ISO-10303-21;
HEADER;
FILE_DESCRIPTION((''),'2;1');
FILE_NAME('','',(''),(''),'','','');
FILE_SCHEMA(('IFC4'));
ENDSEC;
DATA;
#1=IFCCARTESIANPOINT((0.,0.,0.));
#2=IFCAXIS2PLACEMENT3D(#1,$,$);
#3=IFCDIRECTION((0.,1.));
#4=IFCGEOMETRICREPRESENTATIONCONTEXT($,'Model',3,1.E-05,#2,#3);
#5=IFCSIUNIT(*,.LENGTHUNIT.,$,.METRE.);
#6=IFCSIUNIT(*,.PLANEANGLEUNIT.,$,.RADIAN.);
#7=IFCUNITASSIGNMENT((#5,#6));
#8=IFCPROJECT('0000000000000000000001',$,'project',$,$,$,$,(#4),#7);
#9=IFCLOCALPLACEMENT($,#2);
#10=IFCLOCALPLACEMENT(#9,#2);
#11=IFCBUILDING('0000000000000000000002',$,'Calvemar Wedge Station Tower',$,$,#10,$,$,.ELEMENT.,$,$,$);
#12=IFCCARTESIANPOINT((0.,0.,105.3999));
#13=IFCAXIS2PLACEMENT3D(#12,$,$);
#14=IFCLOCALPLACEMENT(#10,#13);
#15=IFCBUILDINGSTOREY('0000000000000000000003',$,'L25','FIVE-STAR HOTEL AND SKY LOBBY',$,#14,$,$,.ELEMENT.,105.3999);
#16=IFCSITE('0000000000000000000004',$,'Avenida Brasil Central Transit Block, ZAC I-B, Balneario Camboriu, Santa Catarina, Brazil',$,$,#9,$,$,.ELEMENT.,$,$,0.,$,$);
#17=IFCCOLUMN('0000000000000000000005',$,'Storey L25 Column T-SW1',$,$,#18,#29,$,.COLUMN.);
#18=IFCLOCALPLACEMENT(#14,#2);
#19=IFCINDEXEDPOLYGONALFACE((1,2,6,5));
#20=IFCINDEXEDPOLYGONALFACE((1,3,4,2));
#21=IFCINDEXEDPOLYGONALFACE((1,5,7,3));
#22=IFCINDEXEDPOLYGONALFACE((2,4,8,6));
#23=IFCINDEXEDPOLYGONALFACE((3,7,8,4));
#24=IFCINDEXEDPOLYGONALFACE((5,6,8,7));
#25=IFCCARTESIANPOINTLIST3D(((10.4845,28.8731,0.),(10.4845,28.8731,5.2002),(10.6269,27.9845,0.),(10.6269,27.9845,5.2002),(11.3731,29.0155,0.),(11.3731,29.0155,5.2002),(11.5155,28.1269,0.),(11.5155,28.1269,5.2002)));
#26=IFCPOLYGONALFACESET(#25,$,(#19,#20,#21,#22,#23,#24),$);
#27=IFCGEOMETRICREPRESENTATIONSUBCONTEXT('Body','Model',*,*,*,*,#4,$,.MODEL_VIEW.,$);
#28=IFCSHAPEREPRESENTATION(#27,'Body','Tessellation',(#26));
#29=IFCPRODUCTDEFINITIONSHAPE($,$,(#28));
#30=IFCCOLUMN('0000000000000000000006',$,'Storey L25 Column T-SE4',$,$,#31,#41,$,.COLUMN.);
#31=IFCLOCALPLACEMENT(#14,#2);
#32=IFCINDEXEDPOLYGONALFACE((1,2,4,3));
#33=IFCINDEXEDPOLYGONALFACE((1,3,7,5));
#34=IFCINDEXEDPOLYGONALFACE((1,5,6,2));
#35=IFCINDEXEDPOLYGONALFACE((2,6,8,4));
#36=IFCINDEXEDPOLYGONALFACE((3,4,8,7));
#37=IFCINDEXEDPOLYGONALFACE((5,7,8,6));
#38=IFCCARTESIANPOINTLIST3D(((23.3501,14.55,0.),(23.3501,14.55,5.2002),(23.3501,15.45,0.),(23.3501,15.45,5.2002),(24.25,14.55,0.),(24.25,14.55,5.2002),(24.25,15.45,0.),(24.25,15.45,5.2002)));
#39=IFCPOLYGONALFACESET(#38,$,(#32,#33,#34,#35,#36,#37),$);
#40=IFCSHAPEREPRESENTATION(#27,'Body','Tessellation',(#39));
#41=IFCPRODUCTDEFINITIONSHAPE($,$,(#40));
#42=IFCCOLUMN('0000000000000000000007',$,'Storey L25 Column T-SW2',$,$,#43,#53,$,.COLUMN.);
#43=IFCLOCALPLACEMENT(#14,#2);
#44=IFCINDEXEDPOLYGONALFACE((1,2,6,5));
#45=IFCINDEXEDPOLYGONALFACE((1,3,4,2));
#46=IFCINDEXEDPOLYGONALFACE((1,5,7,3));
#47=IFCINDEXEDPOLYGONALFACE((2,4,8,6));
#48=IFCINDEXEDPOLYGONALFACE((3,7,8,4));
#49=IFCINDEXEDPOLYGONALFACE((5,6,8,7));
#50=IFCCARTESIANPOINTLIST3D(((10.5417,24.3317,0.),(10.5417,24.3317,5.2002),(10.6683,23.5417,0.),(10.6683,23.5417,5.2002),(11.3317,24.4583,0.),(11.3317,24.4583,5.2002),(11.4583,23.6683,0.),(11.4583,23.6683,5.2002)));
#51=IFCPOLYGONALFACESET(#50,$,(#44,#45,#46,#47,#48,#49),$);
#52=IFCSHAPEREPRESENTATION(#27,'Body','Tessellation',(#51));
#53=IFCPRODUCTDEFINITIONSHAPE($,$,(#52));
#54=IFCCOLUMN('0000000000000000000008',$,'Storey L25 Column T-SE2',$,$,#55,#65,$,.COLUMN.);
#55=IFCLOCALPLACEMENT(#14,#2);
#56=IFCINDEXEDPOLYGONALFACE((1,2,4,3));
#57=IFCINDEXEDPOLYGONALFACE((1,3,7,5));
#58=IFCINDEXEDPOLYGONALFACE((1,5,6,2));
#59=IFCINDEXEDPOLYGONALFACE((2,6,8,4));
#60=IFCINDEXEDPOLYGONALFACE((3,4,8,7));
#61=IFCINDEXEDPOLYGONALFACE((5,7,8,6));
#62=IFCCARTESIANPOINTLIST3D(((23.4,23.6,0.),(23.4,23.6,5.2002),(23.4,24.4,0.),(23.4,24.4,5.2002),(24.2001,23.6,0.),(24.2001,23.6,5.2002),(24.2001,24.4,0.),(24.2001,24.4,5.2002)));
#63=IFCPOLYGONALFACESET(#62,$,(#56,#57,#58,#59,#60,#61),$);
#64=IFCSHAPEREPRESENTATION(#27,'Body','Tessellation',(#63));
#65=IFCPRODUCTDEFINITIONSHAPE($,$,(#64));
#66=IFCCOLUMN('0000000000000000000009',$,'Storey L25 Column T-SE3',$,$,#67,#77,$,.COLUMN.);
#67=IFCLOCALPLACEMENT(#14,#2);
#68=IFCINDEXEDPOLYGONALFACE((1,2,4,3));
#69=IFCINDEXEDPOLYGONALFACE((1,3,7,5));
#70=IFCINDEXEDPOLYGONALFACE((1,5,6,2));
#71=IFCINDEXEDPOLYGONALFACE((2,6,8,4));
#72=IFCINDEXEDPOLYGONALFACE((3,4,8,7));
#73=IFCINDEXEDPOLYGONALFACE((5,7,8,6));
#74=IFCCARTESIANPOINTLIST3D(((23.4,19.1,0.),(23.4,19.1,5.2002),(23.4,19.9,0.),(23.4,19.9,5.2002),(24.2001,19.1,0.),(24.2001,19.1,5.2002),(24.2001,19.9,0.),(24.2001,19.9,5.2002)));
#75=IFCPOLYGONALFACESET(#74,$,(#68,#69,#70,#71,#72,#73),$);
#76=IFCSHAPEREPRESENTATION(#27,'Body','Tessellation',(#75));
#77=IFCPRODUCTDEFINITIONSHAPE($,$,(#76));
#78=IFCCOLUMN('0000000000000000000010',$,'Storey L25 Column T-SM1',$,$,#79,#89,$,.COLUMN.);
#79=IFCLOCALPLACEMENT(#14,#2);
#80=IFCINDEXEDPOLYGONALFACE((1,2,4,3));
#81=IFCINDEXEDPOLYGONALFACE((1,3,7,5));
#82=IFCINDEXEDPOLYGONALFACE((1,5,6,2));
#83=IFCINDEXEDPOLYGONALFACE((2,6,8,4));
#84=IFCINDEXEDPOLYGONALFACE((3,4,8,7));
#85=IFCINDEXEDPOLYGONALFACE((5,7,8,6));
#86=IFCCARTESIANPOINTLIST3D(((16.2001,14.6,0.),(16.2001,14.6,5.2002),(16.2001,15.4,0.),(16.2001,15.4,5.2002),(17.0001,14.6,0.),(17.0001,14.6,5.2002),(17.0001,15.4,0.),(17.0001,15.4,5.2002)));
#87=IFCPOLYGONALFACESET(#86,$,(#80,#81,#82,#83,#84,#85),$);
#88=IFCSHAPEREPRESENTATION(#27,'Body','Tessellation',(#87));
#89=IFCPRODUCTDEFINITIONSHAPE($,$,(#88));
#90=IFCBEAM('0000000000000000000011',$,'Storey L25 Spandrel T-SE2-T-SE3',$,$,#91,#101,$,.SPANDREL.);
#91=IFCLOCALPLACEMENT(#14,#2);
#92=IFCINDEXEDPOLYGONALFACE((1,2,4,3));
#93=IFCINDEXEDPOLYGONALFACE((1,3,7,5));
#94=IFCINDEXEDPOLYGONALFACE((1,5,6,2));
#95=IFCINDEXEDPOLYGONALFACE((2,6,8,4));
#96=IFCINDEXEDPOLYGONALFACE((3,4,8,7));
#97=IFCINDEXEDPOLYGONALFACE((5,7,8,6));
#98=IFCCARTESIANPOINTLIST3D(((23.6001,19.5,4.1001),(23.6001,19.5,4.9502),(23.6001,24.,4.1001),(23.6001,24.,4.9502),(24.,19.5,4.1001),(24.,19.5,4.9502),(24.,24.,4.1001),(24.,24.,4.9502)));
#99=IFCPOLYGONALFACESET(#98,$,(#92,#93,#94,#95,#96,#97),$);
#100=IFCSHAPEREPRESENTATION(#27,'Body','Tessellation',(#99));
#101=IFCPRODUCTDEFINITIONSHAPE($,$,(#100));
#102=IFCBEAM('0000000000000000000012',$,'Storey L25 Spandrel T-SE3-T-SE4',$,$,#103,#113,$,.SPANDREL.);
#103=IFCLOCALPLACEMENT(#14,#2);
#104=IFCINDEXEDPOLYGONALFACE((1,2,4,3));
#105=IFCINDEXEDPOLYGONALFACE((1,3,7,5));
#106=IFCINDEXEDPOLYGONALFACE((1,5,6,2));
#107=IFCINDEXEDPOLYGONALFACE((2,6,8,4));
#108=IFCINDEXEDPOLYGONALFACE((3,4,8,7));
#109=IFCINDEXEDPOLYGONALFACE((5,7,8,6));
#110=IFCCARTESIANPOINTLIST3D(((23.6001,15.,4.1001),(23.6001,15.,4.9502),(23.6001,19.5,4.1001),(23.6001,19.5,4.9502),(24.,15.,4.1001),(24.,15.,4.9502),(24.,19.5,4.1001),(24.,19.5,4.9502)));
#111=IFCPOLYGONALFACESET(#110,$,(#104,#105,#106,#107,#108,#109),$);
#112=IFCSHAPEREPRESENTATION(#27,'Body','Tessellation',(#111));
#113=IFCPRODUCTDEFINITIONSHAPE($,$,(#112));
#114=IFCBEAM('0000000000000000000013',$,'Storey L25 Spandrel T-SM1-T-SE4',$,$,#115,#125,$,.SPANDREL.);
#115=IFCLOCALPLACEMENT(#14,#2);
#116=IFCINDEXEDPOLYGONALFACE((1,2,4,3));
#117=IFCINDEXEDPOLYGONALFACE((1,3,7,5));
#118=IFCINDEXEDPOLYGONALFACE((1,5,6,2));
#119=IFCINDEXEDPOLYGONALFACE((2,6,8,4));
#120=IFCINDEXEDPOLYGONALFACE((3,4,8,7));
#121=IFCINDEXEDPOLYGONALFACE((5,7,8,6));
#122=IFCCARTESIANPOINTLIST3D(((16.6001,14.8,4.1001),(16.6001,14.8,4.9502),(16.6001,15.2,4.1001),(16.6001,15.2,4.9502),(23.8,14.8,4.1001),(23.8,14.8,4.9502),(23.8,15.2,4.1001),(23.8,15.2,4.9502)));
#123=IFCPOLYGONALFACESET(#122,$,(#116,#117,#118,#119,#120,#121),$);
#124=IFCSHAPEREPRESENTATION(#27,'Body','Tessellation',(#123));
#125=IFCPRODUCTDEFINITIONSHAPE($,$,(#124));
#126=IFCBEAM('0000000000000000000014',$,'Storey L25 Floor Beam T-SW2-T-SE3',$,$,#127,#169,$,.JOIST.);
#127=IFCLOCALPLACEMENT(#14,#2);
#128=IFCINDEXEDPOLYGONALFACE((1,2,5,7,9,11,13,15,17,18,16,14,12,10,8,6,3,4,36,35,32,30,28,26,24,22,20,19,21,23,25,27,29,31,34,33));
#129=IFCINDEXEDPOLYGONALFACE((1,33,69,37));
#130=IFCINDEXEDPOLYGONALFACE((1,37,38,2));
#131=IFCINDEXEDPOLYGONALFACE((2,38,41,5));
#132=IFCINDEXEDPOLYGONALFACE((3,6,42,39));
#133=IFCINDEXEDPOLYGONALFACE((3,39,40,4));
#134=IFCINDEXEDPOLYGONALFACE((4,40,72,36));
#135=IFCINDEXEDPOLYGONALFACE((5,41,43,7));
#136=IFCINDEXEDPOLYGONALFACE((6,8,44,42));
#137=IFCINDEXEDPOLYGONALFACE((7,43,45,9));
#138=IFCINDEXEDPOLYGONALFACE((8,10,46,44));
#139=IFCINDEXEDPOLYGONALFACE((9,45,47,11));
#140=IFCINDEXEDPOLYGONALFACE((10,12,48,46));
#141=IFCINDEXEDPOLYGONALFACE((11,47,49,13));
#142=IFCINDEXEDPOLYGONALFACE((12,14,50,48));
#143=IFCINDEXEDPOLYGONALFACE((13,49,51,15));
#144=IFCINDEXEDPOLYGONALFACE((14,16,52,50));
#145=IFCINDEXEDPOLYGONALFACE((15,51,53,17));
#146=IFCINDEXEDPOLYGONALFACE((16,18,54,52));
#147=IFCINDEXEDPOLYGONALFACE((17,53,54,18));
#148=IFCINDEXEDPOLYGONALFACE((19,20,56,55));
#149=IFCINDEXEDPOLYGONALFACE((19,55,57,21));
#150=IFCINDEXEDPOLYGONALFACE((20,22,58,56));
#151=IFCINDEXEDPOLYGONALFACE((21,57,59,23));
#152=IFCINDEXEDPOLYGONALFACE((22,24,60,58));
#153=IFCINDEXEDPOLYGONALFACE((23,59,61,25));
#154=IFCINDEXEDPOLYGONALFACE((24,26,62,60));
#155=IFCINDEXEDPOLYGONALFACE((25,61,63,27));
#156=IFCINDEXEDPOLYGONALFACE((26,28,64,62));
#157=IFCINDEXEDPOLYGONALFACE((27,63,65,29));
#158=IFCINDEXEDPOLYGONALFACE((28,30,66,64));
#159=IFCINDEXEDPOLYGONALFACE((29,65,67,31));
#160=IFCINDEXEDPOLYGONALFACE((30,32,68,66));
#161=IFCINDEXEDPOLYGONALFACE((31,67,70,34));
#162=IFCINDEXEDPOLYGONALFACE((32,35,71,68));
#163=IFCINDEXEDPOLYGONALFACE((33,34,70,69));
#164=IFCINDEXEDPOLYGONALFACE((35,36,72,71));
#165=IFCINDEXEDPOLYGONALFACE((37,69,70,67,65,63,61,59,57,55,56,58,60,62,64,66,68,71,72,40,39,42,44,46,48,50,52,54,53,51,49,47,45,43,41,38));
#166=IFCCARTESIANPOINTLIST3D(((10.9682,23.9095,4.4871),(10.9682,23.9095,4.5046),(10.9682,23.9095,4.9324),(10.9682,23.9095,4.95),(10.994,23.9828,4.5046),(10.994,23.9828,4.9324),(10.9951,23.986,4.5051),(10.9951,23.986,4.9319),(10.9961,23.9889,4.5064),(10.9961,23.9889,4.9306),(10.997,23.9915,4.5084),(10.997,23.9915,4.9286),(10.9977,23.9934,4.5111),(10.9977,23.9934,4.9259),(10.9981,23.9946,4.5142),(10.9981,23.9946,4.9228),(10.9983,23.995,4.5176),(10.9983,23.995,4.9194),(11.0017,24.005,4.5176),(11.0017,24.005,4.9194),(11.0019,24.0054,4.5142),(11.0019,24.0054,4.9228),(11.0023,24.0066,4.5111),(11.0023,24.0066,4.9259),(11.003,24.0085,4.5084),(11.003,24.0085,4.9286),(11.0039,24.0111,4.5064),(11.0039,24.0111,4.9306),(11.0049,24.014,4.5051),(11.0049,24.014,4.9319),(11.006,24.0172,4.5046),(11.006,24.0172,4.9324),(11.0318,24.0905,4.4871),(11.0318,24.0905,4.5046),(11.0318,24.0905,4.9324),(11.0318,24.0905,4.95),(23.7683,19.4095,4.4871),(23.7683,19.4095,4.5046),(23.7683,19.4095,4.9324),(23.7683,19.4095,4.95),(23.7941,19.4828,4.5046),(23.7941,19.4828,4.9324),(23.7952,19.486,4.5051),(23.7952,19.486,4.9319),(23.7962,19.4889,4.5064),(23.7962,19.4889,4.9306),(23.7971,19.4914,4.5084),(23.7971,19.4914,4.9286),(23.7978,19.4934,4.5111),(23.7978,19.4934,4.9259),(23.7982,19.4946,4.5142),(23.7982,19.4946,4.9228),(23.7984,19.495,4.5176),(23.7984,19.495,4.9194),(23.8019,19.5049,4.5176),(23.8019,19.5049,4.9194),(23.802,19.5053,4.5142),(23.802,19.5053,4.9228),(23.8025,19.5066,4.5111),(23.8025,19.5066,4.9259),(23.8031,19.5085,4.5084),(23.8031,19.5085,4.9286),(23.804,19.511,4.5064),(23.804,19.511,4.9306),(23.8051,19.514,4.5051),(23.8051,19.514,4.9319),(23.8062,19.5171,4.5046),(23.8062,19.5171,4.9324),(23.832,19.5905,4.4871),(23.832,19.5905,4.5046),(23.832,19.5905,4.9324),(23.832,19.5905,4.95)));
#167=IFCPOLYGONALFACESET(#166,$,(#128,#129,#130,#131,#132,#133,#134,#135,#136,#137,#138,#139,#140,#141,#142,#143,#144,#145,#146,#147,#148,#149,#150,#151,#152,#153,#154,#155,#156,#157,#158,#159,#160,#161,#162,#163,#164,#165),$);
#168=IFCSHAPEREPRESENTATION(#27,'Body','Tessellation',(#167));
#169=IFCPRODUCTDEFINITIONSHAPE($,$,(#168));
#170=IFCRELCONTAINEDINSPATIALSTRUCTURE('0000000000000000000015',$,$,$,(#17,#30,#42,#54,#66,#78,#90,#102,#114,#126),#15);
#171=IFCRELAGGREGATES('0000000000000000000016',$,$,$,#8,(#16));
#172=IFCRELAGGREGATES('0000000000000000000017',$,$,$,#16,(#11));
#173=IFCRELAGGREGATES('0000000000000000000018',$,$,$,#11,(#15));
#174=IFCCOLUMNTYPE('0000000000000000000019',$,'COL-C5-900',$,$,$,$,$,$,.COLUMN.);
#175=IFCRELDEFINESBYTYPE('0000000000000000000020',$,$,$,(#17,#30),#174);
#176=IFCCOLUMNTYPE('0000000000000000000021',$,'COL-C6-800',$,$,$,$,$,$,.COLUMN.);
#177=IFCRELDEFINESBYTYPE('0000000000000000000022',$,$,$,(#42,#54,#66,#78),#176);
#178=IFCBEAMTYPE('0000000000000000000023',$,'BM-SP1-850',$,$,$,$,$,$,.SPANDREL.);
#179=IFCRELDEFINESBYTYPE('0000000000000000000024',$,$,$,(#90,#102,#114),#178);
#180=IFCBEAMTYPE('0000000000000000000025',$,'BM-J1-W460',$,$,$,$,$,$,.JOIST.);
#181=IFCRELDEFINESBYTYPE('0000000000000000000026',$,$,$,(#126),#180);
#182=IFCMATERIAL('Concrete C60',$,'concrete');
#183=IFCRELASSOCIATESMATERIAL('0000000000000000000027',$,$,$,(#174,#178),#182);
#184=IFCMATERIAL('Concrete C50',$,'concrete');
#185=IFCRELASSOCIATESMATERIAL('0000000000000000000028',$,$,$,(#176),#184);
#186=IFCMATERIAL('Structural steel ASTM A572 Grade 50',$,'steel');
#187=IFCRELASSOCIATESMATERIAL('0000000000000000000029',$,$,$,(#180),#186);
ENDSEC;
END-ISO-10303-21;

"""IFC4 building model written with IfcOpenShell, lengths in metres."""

from ifc_helpers import new_model, si_unit, direction, frame, origin, origin_2d, place, context, subcontext, project, spatial, rectangle, i_section, extrude, source, transform, mapped, material, material_profile, profile_set, type_object, element, save


model = new_model("IFC4")

# Units and contexts
model_context = context("Model", 3, precision=1e-05, world=origin(), true_north=direction((0.0, 1.0)))
body_context = subcontext(model_context, "Body", "Model", "MODEL_VIEW")
ifc_project = project(units=[si_unit("LENGTHUNIT", "METRE"), si_unit("PLANEANGLEUNIT", "RADIAN")], contexts=[model_context])

# Site, building, storey
site_placement = place(None, origin())
site = spatial("IfcSite", under=ifc_project, at=site_placement, Name="Avenida Brasil Central Transit Block, ZAC I-B, Balneario Camboriu, Santa Catarina, Brazil", CompositionType="ELEMENT", RefElevation=0.0)
building_placement = place(site_placement, origin())
building = spatial("IfcBuilding", under=site, at=building_placement, Name="Calvemar Wedge Station Tower", CompositionType="ELEMENT")
storey_placement = place(building_placement, frame((0.0, 0.0, 105.3999)))
storey = spatial("IfcBuildingStorey", under=building, at=storey_placement, Name="L25", Description="FIVE-STAR HOTEL AND SKY LOBBY", CompositionType="ELEMENT", Elevation=105.3999)

# Columns
ifc_material_1 = material(Name="Concrete C60", Category="concrete")
ifc_material_profile_1 = material_profile(ifc_material_1, rectangle(XDim=0.8999, YDim=0.8999, at=origin_2d()), Name="RC900x900")
ifc_profile_set_1 = profile_set([ifc_material_profile_1], Name="Concrete C60")
column_type_1 = type_object("IfcColumnType", Name="COL-C5-900", PredefinedType="COLUMN", material=ifc_profile_set_1)
shared_shape_1 = source(origin(), body_context, "Body", "SweptSolid", [
    extrude(rectangle(XDim=0.8999, YDim=0.8999, at=origin_2d()), origin(), (0.0, 0.0, 1.0), 5.2002),
])
for number, where, z_axis, x_axis, name in (
    (1, (11.0, 28.5, 0.0), (0.0, 0.0, 1.0), (0.158158, -0.987414, 0.0), "Storey L25 Column T-SW1"),
    (2, (23.8, 15.0, 0.0), (0.0, 0.0, 1.0), (1.0, 0.0, 0.0), "Storey L25 Column T-SE4"),
):
    element("IfcColumn", number, at=place(storey_placement, frame(where, z_axis=z_axis, x_axis=x_axis)), inside=storey, type_object=column_type_1, Name=name, PredefinedType="COLUMN", context=body_context, shape_type="MappedRepresentation", body=[
        mapped(shared_shape_1, transform((0.0, 0.0, 0.0), scale=1.0)),
    ])
ifc_material_2 = material(Name="Concrete C50", Category="concrete")
ifc_material_profile_2 = material_profile(ifc_material_2, rectangle(XDim=0.8, YDim=0.8, at=origin_2d()), Name="RC800x800")
ifc_profile_set_2 = profile_set([ifc_material_profile_2], Name="Concrete C50")
column_type_2 = type_object("IfcColumnType", Name="COL-C6-800", PredefinedType="COLUMN", material=ifc_profile_set_2)
shared_shape_2 = source(origin(), body_context, "Body", "SweptSolid", [
    extrude(rectangle(XDim=0.8, YDim=0.8, at=origin_2d()), origin(), (0.0, 0.0, 1.0), 5.2002),
])
for number, where, z_axis, x_axis, name in (
    (3, (11.0, 24.0, 0.0), (0.0, 0.0, 1.0), (0.158158, -0.987414, 0.0), "Storey L25 Column T-SW2"),
    (4, (23.8, 24.0, 0.0), (0.0, 0.0, 1.0), (1.0, 0.0, 0.0), "Storey L25 Column T-SE2"),
    (5, (23.8, 19.5, 0.0), (0.0, 0.0, 1.0), (1.0, 0.0, 0.0), "Storey L25 Column T-SE3"),
    (6, (16.6001, 15.0, 0.0), (0.0, 0.0, 1.0), (1.0, 0.0, 0.0), "Storey L25 Column T-SM1"),
):
    element("IfcColumn", number, at=place(storey_placement, frame(where, z_axis=z_axis, x_axis=x_axis)), inside=storey, type_object=column_type_2, Name=name, PredefinedType="COLUMN", context=body_context, shape_type="MappedRepresentation", body=[
        mapped(shared_shape_2, transform((0.0, 0.0, 0.0), scale=1.0)),
    ])

# Beams
ifc_material_profile_3 = material_profile(ifc_material_1, rectangle(XDim=0.3999, YDim=0.8501, at=origin_2d()), Name="RC400x850")
ifc_profile_set_3 = profile_set([ifc_material_profile_3], Name="Concrete C60")
beam_type_1 = type_object("IfcBeamType", Name="BM-SP1-850", PredefinedType="SPANDREL", material=ifc_profile_set_3)
shared_shape_3 = source(origin(), body_context, "Body", "SweptSolid", [
    extrude(rectangle(XDim=0.3999, YDim=0.8501, at=origin_2d()), origin(), (0.0, 0.0, 1.0), 4.5),
])
for number, where, z_axis, x_axis, name in (
    (7, (23.8, 24.0, 4.5251), (0.0, -1.0, 0.0), (1.0, 0.0, 0.0), "Storey L25 Spandrel T-SE2-T-SE3"),
    (8, (23.8, 19.5, 4.5251), (0.0, -1.0, 0.0), (1.0, 0.0, 0.0), "Storey L25 Spandrel T-SE3-T-SE4"),
):
    element("IfcBeam", number, at=place(storey_placement, frame(where, z_axis=z_axis, x_axis=x_axis)), inside=storey, type_object=beam_type_1, Name=name, PredefinedType="SPANDREL", context=body_context, shape_type="MappedRepresentation", body=[
        mapped(shared_shape_3, transform((0.0, 0.0, 0.0), scale=1.0)),
    ])
shared_shape_4 = source(origin(), body_context, "Body", "SweptSolid", [
    extrude(rectangle(XDim=0.3999, YDim=0.8501, at=origin_2d()), origin(), (0.0, 0.0, 1.0), 7.2),
])
beam_1_placement = place(storey_placement, frame((16.6001, 15.0, 4.5251), z_axis=(1.0, 0.0, 0.0), x_axis=(0.0, 1.0, 0.0)))
element("IfcBeam", 9, at=beam_1_placement, inside=storey, type_object=beam_type_1, Name="Storey L25 Spandrel T-SM1-T-SE4", PredefinedType="SPANDREL", context=body_context, shape_type="MappedRepresentation", body=[
    mapped(shared_shape_4, transform((0.0, 0.0, 0.0), scale=1.0)),
])
ifc_material_3 = material(Name="Structural steel ASTM A572 Grade 50", Category="steel")
ifc_material_profile_4 = material_profile(ifc_material_3, i_section(OverallWidth=0.1919, OverallDepth=0.4629, WebThickness=0.0105, FlangeThickness=0.0176, FilletRadius=0.0129, at=origin_2d()), Name="W460x89")
ifc_profile_set_4 = profile_set([ifc_material_profile_4], Name="Structural steel ASTM A572 Grade 50")
beam_type_2 = type_object("IfcBeamType", Name="BM-J1-W460", PredefinedType="JOIST", material=ifc_profile_set_4)
shared_shape_5 = source(origin(), body_context, "Body", "SweptSolid", [
    extrude(i_section(OverallWidth=0.1919, OverallDepth=0.4629, WebThickness=0.0105, FlangeThickness=0.0176, FilletRadius=0.0129, at=origin_2d()), origin(), (0.0, 0.0, 1.0), 13.5681),
])
beam_2_placement = place(storey_placement, frame((11.0, 24.0, 4.7185), z_axis=(0.943398, -0.331662, 0.0), x_axis=(0.331662, 0.943398, 0.0)))
element("IfcBeam", 10, at=beam_2_placement, inside=storey, type_object=beam_type_2, Name="Storey L25 Floor Beam T-SW2-T-SE3", PredefinedType="JOIST", context=body_context, shape_type="MappedRepresentation", body=[
    mapped(shared_shape_5, transform((0.0, 0.0, 0.0), scale=1.0)),
])

save(model, "model.ifc")
